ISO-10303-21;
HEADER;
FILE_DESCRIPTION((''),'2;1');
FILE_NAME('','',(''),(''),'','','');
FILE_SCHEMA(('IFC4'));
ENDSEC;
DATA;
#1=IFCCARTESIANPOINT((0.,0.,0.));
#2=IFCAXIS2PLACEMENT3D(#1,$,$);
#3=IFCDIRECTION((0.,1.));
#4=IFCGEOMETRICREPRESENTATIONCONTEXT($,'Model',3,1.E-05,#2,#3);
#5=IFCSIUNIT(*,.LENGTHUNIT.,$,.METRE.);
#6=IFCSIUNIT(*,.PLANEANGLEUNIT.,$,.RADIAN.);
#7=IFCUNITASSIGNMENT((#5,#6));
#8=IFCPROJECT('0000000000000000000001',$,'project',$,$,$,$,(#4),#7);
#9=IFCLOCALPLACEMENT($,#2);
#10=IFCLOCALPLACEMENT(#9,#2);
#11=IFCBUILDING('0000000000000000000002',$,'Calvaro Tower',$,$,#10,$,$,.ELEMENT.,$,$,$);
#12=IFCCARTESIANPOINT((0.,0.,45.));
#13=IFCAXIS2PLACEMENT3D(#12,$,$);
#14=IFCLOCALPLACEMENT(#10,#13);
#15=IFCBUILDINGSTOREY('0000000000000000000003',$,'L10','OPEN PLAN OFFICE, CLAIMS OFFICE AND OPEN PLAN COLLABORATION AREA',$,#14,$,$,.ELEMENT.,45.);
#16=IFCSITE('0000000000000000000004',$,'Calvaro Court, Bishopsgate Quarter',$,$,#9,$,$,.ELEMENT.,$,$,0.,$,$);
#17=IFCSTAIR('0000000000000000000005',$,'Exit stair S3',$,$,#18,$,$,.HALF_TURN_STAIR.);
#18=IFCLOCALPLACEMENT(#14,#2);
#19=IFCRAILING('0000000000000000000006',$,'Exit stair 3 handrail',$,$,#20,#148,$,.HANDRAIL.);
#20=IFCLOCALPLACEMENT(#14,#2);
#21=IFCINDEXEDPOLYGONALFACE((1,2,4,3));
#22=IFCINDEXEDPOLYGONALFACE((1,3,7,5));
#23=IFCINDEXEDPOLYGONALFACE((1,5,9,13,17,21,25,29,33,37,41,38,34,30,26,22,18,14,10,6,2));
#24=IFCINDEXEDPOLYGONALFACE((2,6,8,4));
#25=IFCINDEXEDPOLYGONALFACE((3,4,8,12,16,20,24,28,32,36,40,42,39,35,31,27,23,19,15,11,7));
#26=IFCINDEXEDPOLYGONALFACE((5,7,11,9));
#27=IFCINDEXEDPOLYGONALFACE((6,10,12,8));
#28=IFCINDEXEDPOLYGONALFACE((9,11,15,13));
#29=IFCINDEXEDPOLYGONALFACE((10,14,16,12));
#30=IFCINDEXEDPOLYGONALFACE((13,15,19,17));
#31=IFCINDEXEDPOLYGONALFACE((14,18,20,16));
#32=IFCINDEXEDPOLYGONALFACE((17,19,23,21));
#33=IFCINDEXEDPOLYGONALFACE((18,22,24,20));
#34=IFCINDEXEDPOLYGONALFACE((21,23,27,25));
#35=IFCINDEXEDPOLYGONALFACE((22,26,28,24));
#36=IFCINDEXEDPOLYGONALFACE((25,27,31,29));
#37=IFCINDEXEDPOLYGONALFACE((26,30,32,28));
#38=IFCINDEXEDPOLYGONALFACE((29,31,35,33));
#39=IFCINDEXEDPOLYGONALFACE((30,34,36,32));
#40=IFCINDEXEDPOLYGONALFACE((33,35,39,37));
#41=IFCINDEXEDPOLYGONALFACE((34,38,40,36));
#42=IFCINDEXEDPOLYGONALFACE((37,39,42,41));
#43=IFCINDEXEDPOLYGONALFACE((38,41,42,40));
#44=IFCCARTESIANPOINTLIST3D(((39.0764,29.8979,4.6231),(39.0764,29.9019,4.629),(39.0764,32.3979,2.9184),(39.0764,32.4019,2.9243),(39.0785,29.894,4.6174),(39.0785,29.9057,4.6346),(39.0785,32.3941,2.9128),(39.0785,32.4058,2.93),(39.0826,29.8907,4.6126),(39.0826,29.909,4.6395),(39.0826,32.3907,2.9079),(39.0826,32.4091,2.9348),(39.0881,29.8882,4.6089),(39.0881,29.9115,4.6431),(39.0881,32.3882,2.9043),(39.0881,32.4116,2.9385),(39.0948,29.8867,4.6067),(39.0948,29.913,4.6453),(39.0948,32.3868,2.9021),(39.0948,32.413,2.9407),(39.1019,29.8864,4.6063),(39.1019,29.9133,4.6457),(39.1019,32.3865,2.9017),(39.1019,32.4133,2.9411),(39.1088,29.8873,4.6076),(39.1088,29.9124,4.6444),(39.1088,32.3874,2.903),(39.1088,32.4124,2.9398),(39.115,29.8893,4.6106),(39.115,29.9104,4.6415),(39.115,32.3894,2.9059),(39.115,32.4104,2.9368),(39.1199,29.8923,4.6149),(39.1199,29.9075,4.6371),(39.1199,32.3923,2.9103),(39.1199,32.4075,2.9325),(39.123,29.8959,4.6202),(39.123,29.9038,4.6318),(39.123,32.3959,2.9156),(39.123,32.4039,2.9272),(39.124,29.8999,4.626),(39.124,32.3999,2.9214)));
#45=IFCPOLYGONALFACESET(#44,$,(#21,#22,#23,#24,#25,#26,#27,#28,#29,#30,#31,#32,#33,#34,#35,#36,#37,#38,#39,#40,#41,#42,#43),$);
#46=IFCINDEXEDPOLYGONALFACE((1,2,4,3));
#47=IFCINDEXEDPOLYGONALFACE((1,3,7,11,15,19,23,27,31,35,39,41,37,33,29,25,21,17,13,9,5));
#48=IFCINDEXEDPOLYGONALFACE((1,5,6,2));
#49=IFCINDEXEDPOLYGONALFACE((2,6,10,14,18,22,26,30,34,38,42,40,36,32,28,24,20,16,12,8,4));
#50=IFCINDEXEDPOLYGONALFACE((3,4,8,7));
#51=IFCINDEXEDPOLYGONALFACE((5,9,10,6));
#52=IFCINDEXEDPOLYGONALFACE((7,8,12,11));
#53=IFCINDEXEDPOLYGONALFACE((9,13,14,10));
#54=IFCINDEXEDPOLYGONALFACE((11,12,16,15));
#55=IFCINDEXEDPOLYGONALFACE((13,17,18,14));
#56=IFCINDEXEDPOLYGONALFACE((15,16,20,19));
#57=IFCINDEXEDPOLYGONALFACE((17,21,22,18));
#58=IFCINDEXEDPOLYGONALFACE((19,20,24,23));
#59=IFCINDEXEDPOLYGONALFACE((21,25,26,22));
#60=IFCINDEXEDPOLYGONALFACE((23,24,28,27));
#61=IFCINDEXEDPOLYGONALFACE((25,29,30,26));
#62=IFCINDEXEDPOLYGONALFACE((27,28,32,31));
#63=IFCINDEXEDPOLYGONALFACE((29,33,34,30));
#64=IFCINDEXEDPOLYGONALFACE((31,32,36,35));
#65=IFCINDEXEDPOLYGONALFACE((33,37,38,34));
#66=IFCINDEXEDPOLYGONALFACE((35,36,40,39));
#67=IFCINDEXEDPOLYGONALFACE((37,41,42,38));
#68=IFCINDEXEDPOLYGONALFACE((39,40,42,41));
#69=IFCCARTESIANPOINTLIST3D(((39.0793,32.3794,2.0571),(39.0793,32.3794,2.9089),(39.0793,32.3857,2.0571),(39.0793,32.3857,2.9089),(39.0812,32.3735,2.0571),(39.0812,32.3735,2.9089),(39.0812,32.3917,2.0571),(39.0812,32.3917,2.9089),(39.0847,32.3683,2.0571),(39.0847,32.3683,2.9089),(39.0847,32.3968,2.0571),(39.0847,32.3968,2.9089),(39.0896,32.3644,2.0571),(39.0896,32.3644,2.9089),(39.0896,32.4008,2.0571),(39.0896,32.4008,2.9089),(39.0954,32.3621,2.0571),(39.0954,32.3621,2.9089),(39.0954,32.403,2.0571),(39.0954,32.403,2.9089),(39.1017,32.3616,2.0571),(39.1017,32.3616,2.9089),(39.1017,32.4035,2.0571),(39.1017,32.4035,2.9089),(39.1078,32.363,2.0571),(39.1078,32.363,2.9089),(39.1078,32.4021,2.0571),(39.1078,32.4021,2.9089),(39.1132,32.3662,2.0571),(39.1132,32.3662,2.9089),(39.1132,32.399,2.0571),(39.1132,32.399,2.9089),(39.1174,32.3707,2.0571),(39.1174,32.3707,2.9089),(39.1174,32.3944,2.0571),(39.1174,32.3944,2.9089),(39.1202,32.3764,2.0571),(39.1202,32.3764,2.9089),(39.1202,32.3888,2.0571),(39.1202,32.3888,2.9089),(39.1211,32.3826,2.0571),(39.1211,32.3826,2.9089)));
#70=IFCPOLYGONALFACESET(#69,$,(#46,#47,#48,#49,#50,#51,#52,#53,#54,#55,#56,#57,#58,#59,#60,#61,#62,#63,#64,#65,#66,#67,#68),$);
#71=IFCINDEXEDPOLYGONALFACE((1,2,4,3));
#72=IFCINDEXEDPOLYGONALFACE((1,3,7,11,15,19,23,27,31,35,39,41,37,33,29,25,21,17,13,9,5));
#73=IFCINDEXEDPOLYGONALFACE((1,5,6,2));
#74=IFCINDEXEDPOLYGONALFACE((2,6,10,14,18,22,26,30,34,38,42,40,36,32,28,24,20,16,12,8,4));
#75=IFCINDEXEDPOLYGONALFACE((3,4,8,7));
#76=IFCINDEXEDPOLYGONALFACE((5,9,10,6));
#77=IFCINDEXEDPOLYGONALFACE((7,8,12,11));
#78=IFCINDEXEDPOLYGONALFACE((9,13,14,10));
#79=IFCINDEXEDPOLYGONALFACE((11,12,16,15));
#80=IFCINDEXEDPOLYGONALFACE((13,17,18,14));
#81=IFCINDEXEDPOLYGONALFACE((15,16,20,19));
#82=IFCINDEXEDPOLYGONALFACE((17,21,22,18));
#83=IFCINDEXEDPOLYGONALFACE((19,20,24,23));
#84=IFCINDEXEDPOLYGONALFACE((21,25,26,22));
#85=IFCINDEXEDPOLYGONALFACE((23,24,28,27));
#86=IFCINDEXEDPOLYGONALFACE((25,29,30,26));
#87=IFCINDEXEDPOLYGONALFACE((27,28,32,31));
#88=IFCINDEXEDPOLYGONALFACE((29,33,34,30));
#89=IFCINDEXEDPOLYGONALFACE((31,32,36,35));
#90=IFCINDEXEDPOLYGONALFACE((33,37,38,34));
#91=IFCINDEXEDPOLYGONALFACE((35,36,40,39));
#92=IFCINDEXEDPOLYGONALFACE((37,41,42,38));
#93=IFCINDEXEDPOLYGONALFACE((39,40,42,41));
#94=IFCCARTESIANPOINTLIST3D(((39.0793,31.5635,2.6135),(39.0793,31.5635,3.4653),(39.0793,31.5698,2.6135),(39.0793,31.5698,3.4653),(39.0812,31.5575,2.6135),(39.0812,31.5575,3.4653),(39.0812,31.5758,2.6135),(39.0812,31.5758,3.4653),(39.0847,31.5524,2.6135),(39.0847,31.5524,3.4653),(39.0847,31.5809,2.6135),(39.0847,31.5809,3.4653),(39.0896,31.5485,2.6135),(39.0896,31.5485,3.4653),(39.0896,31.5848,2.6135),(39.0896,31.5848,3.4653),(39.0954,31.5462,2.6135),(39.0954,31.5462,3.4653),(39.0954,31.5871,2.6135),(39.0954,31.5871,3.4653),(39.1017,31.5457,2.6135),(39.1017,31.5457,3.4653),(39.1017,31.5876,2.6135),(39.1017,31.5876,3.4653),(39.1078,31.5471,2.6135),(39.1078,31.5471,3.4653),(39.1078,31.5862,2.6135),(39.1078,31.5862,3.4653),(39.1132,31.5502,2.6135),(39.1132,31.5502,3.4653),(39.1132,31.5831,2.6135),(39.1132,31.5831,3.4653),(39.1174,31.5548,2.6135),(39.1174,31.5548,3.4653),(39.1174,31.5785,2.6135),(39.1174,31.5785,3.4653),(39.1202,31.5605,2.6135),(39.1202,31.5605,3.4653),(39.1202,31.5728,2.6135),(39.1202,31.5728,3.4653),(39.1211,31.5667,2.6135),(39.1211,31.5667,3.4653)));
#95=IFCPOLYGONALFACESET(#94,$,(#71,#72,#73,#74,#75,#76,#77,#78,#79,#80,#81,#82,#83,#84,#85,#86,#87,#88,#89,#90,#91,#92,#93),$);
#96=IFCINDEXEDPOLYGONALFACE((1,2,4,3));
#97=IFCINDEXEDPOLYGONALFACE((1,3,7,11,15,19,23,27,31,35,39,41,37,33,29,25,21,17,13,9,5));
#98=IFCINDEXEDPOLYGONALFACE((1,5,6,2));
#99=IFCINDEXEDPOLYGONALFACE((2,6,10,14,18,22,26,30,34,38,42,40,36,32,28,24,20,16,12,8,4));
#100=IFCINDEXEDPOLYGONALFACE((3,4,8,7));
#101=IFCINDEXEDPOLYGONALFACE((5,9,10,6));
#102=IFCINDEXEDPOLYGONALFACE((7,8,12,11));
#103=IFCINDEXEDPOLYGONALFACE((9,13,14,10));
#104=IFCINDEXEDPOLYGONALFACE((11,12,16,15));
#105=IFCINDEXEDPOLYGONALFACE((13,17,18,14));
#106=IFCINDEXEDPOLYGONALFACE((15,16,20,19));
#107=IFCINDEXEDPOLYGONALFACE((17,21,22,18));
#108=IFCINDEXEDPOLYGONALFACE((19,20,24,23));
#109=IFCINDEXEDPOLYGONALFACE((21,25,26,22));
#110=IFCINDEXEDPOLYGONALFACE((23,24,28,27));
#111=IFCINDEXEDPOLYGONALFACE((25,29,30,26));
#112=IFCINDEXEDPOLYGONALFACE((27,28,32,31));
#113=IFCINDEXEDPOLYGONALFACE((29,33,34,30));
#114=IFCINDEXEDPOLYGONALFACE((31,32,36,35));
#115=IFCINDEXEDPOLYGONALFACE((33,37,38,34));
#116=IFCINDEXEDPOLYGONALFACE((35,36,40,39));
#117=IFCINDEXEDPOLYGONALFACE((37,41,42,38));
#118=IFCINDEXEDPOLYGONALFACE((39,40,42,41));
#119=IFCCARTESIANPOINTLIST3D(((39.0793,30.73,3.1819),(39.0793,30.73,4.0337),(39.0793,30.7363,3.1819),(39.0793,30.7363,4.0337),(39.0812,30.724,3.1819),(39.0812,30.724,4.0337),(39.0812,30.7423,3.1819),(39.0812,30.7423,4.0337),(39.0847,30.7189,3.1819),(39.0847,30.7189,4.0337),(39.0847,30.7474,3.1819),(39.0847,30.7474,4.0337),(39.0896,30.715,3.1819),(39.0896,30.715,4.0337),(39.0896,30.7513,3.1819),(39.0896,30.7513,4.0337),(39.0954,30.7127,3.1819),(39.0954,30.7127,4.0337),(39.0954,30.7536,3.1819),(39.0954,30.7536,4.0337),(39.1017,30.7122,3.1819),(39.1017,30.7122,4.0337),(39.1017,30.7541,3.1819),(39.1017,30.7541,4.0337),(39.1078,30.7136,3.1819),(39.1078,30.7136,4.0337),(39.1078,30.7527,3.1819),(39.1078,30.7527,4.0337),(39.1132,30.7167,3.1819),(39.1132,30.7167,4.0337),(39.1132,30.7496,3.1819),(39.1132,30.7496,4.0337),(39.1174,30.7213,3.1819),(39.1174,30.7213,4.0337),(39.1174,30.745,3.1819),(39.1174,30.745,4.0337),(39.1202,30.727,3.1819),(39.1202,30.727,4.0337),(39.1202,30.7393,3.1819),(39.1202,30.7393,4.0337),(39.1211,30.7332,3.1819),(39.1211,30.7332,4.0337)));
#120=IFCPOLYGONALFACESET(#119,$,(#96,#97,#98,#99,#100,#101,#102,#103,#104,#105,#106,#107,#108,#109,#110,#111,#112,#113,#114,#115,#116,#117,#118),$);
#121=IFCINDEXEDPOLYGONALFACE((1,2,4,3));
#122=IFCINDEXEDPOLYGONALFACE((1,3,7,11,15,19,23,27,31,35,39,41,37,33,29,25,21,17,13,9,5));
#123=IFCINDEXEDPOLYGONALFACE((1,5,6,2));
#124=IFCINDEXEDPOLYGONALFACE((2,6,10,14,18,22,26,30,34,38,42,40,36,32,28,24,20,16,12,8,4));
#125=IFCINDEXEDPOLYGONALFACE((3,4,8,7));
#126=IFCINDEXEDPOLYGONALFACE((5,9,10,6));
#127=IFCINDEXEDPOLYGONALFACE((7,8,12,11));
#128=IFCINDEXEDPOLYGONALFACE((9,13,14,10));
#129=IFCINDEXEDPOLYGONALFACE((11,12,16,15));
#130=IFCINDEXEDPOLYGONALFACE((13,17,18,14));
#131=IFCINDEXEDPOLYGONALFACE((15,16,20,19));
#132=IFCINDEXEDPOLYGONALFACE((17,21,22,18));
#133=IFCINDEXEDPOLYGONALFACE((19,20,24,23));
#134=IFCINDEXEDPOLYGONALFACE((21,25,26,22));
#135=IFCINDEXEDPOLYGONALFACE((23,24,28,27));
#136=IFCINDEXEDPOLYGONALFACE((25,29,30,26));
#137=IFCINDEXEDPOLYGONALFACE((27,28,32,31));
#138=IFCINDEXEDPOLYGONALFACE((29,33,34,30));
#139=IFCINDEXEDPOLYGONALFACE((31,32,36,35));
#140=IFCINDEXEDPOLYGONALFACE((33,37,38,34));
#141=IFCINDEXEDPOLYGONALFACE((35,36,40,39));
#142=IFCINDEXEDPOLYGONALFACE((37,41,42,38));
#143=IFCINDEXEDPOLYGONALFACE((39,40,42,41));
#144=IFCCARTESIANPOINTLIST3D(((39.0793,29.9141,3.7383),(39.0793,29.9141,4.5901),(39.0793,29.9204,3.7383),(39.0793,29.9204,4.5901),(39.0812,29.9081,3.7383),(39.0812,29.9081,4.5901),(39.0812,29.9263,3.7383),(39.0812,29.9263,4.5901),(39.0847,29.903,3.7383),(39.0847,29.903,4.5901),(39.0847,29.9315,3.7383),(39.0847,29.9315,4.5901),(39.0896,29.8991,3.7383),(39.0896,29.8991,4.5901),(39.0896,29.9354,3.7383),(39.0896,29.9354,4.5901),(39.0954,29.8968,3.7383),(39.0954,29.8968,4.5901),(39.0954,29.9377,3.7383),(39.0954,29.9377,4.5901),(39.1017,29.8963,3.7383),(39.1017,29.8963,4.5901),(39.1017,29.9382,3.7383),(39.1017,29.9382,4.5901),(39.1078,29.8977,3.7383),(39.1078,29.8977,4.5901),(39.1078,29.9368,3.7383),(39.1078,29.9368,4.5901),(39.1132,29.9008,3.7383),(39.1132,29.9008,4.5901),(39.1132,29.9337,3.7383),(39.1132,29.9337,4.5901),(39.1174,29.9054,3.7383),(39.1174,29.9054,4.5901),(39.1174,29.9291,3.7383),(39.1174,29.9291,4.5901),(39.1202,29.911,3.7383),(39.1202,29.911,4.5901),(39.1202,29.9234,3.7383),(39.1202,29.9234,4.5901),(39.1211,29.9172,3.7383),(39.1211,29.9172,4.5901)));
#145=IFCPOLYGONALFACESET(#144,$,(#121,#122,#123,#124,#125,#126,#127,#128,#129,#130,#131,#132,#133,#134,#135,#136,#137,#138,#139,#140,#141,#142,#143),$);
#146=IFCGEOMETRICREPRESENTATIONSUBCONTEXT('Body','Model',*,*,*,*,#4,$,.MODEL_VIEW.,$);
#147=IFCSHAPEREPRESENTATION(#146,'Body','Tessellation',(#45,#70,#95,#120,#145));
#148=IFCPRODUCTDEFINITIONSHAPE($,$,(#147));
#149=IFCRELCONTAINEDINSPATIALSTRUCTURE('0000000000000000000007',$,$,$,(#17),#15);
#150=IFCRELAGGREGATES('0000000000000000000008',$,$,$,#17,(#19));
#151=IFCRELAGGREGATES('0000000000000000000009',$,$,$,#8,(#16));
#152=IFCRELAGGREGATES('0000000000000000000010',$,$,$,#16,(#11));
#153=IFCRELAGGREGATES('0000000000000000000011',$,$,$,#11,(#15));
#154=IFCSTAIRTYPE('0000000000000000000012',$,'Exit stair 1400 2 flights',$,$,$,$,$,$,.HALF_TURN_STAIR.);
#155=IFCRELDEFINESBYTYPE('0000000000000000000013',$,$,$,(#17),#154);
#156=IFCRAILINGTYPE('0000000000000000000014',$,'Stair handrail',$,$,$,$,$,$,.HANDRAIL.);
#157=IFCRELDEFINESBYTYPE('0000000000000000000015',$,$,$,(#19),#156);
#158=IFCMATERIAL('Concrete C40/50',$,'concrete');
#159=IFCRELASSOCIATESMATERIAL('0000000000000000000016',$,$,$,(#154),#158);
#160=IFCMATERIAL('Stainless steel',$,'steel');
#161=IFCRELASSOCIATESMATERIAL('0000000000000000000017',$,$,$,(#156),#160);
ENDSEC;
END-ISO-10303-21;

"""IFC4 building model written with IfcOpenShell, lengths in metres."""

from ifc_helpers import new_model, si_unit, direction, frame, origin, origin_2d, place, context, subcontext, project, spatial, circle, extrude, material, type_object, element, aggregate, save


model = new_model("IFC4")

# Units and contexts
model_context = context("Model", 3, precision=1e-05, world=origin(), true_north=direction((0.0, 1.0)))
body_context = subcontext(model_context, "Body", "Model", "MODEL_VIEW")
ifc_project = project(units=[si_unit("LENGTHUNIT", "METRE"), si_unit("PLANEANGLEUNIT", "RADIAN")], contexts=[model_context])

# Site, building, storey
site_placement = place(None, origin())
site = spatial("IfcSite", under=ifc_project, at=site_placement, Name="Calvaro Court, Bishopsgate Quarter", CompositionType="ELEMENT", RefElevation=0.0)
building_placement = place(site_placement, origin())
building = spatial("IfcBuilding", under=site, at=building_placement, Name="Calvaro Tower", CompositionType="ELEMENT")
storey_placement = place(building_placement, frame((0.0, 0.0, 45.0)))
storey = spatial("IfcBuildingStorey", under=building, at=storey_placement, Name="L10", Description="OPEN PLAN OFFICE, CLAIMS OFFICE AND OPEN PLAN COLLABORATION AREA", CompositionType="ELEMENT", Elevation=45.0)

# Stair
ifc_material_1 = material(Name="Concrete C40/50", Category="concrete")
stair_type = type_object("IfcStairType", Name="Exit stair 1400 2 flights", PredefinedType="HALF_TURN_STAIR", material=ifc_material_1)
stair_1_placement = place(storey_placement, origin())
stair_1 = element("IfcStair", 1, at=stair_1_placement, inside=storey, type_object=stair_type, Name="Exit stair S3", PredefinedType="HALF_TURN_STAIR")

# Railing
ifc_material_2 = material(Name="Stainless steel", Category="steel")
railing_type = type_object("IfcRailingType", Name="Stair handrail", PredefinedType="HANDRAIL", material=ifc_material_2)
railing_1_placement = place(storey_placement, frame((39.1001, 32.3999, 2.0454)))
railing_1 = element("IfcRailing", 2, at=railing_1_placement, type_object=railing_type, Name="Exit stair 3 handrail", PredefinedType="HANDRAIL", context=body_context, shape_type="SweptSolid", body=[
    extrude(circle(Radius=0.0239, at=origin_2d()), frame((0.0, 0.0, 0.876), z_axis=(0.0, -0.826221, 0.563347), x_axis=(1.0, 0.0, 0.0)), (0.0, 0.0, 1.0), 3.0259),
    extrude(circle(Radius=0.021, at=origin_2d()), frame((0.0, -0.0173, 0.0117)), (0.0, 0.0, 1.0), 0.8518),
    extrude(circle(Radius=0.021, at=origin_2d()), frame((0.0, -0.8333, 0.5681)), (0.0, 0.0, 1.0), 0.8518),
    extrude(circle(Radius=0.021, at=origin_2d()), frame((0.0, -1.6667, 1.1365)), (0.0, 0.0, 1.0), 0.8518),
    extrude(circle(Radius=0.021, at=origin_2d()), frame((0.0, -2.4827, 1.6929)), (0.0, 0.0, 1.0), 0.8518),
])
aggregate(stair_1, [railing_1])

save(model, "model.ifc")
